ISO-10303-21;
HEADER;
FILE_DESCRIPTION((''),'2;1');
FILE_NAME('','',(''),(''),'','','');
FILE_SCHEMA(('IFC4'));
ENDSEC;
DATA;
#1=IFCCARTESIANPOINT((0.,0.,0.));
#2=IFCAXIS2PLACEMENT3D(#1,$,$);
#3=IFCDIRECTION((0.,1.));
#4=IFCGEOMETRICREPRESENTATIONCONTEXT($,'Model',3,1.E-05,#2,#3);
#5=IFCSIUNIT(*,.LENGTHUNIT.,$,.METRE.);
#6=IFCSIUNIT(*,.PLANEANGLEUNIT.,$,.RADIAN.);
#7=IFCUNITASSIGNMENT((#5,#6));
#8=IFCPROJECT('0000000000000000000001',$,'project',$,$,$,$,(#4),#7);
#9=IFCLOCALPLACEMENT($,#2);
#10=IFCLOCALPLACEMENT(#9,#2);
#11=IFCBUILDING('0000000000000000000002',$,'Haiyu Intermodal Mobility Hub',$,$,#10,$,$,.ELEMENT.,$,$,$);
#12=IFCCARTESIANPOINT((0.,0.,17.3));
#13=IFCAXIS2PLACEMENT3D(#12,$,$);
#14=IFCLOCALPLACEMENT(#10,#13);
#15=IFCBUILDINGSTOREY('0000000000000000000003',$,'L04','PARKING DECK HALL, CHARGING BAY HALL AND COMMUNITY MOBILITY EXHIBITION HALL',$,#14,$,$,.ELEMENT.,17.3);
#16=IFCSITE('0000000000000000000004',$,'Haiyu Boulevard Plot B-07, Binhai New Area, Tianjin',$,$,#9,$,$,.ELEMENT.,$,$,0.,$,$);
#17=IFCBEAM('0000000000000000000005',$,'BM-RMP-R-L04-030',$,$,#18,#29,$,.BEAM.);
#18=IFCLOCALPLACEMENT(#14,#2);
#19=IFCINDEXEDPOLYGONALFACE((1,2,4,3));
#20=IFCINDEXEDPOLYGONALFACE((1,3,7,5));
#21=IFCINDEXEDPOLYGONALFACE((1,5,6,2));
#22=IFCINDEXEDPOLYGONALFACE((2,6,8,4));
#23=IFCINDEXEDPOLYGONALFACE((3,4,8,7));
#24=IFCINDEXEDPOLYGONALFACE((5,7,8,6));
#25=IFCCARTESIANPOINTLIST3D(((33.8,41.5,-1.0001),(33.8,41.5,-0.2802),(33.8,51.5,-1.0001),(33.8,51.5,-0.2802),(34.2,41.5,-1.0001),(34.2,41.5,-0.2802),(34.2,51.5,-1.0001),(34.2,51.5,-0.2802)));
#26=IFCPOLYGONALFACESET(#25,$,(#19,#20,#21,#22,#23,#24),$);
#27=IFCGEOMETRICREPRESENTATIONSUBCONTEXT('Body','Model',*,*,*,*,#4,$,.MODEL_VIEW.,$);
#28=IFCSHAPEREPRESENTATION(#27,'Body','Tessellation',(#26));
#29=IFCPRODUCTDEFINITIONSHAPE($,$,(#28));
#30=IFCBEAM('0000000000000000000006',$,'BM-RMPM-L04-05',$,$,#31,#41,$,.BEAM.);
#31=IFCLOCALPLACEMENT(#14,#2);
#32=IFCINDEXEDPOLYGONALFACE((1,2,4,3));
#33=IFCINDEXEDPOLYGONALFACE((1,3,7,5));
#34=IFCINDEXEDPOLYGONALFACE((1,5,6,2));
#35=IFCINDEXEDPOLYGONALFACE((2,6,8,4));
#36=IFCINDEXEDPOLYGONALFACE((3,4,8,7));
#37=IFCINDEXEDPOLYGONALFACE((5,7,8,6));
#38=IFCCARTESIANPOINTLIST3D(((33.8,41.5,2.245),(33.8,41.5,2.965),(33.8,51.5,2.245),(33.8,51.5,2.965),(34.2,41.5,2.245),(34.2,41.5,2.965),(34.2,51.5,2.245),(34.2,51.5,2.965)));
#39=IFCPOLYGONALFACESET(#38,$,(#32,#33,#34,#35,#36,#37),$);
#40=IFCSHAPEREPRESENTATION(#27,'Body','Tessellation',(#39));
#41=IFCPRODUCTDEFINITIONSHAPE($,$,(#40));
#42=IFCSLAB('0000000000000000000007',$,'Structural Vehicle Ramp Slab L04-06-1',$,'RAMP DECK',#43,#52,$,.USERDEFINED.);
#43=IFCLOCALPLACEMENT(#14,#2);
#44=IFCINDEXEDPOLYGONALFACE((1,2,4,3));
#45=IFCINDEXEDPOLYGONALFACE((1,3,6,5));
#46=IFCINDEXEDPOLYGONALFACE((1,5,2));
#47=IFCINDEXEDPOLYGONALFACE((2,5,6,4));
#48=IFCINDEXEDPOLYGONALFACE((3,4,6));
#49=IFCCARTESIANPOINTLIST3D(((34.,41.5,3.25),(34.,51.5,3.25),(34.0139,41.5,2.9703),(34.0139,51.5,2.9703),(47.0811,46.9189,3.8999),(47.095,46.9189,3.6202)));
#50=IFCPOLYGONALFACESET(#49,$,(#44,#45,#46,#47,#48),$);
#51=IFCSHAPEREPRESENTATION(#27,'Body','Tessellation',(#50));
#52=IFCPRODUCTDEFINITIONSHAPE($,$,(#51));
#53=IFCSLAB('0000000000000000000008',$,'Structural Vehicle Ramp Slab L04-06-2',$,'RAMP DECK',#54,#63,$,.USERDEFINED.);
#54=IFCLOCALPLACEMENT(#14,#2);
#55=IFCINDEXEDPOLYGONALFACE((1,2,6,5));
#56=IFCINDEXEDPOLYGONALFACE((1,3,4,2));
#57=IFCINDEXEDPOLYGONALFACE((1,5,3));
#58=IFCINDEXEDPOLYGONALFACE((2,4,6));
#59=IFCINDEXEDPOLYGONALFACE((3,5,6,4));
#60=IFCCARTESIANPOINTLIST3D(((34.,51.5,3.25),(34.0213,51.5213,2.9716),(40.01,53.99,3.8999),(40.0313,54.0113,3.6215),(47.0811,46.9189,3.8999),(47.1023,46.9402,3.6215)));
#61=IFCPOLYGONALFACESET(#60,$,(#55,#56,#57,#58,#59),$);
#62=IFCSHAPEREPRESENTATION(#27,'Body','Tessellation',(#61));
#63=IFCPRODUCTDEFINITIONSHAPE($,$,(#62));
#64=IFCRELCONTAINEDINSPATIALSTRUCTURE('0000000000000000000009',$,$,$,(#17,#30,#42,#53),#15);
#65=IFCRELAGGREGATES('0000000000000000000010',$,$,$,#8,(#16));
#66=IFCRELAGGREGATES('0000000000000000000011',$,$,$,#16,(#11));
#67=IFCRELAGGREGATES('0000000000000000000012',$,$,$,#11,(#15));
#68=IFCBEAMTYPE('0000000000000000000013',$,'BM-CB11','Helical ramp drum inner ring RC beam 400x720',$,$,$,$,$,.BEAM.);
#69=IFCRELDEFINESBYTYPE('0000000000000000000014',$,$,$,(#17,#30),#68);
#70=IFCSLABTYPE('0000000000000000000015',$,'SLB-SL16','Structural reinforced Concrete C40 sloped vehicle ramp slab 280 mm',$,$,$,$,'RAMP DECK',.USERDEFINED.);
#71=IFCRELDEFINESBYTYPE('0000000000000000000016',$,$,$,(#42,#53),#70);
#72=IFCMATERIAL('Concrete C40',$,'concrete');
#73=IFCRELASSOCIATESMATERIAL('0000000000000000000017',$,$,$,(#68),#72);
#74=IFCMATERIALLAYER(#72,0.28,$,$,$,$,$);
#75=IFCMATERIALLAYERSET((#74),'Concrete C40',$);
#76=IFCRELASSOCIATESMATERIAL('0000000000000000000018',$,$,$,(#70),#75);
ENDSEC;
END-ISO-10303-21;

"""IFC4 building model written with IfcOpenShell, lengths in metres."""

from ifc_helpers import new_model, si_unit, direction, frame, origin, origin_2d, place, context, subcontext, project, spatial, polyline, rectangle, outline, extrude, material, layer, layer_set, material_profile, profile_set, type_object, element, save


model = new_model("IFC4")

# Units and contexts
model_context = context("Model", 3, precision=1e-05, world=origin(), true_north=direction((0.0, 1.0)))
body_context = subcontext(model_context, "Body", "Model", "MODEL_VIEW")
ifc_project = project(units=[si_unit("LENGTHUNIT", "METRE"), si_unit("PLANEANGLEUNIT", "RADIAN")], contexts=[model_context])

# Site, building, storey
site_placement = place(None, origin())
site = spatial("IfcSite", under=ifc_project, at=site_placement, Name="Haiyu Boulevard Plot B-07, Binhai New Area, Tianjin", CompositionType="ELEMENT", RefElevation=0.0)
building_placement = place(site_placement, origin())
building = spatial("IfcBuilding", under=site, at=building_placement, Name="Haiyu Intermodal Mobility Hub", CompositionType="ELEMENT")
storey_placement = place(building_placement, frame((0.0, 0.0, 17.3)))
storey = spatial("IfcBuildingStorey", under=building, at=storey_placement, Name="L04", Description="PARKING DECK HALL, CHARGING BAY HALL AND COMMUNITY MOBILITY EXHIBITION HALL", CompositionType="ELEMENT", Elevation=17.3)

# Shared definitions
ifc_material_1 = material(Name="Concrete C40", Category="concrete")

# Beams
ifc_material_profile_1 = material_profile(ifc_material_1, rectangle(XDim=0.3999, YDim=0.72, at=origin_2d()), Name="RCB400x720")
ifc_profile_set_1 = profile_set([ifc_material_profile_1], Name="Concrete C40")
beam_type_1 = type_object("IfcBeamType", Name="BM-CB11", Description="Helical ramp drum inner ring RC beam 400x720", PredefinedType="BEAM", material=ifc_profile_set_1)
for number, where, z_axis, x_axis, name in (
    (1, (34.0, 51.5, -0.6401), (0.0, -1.0, 0.0), (1.0, 0.0, 0.0), "BM-RMP-R-L04-030"),
    (2, (34.0, 51.5, 2.605), (0.0, -1.0, 0.0), (1.0, 0.0, 0.0), "BM-RMPM-L04-05"),
):
    element("IfcBeam", number, at=place(storey_placement, frame(where, z_axis=z_axis, x_axis=x_axis)), inside=storey, type_object=beam_type_1, Name=name, PredefinedType="BEAM", context=body_context, shape_type="SweptSolid", body=[
        extrude(rectangle(XDim=0.3999, YDim=0.72, at=origin_2d()), origin(), (0.0, 0.0, 1.0), 10.0),
    ])

# Slabs
ifc_layer = layer(ifc_material_1, 0.28)
ifc_layer_set = layer_set([ifc_layer], Name="Concrete C40")
slab_type = type_object("IfcSlabType", Name="SLB-SL16", Description="Structural reinforced Concrete C40 sloped vehicle ramp slab 280 mm", ElementType="RAMP DECK", PredefinedType="USERDEFINED", material=ifc_layer_set)
slab_1_placement = place(storey_placement, frame((34.0, 51.5, 3.25), z_axis=(-0.049622, 0.0, 0.998768), x_axis=(0.0, -1.0, 0.0)))
element("IfcSlab", 3, at=slab_1_placement, inside=storey, type_object=slab_type, Name="Structural Vehicle Ramp Slab L04-06-1", ObjectType="RAMP DECK", PredefinedType="USERDEFINED", context=body_context, shape_type="SweptSolid", body=[
    extrude(outline(polyline([(0.0, 0.0), (10.0, 0.0), (4.5811, 13.0972), (0.0, 0.0)])), origin(), (0.0, 0.0, -1.0), 0.28),
])
slab_2_placement = place(storey_placement, frame((34.0, 51.5, 3.25), z_axis=(-0.076016, -0.076016, 0.994205), x_axis=(0.942762, -0.33016, 0.046839)))
element("IfcSlab", 4, at=slab_2_placement, inside=storey, type_object=slab_type, Name="Structural Vehicle Ramp Slab L04-06-2", ObjectType="RAMP DECK", PredefinedType="USERDEFINED", context=body_context, shape_type="SweptSolid", body=[
    extrude(outline(polyline([(0.0, 0.0), (13.8752, 0.0), (4.8744, 4.357), (0.0, 0.0)])), origin(), (0.0, 0.0, -1.0), 0.28),
])

save(model, "model.ifc")
